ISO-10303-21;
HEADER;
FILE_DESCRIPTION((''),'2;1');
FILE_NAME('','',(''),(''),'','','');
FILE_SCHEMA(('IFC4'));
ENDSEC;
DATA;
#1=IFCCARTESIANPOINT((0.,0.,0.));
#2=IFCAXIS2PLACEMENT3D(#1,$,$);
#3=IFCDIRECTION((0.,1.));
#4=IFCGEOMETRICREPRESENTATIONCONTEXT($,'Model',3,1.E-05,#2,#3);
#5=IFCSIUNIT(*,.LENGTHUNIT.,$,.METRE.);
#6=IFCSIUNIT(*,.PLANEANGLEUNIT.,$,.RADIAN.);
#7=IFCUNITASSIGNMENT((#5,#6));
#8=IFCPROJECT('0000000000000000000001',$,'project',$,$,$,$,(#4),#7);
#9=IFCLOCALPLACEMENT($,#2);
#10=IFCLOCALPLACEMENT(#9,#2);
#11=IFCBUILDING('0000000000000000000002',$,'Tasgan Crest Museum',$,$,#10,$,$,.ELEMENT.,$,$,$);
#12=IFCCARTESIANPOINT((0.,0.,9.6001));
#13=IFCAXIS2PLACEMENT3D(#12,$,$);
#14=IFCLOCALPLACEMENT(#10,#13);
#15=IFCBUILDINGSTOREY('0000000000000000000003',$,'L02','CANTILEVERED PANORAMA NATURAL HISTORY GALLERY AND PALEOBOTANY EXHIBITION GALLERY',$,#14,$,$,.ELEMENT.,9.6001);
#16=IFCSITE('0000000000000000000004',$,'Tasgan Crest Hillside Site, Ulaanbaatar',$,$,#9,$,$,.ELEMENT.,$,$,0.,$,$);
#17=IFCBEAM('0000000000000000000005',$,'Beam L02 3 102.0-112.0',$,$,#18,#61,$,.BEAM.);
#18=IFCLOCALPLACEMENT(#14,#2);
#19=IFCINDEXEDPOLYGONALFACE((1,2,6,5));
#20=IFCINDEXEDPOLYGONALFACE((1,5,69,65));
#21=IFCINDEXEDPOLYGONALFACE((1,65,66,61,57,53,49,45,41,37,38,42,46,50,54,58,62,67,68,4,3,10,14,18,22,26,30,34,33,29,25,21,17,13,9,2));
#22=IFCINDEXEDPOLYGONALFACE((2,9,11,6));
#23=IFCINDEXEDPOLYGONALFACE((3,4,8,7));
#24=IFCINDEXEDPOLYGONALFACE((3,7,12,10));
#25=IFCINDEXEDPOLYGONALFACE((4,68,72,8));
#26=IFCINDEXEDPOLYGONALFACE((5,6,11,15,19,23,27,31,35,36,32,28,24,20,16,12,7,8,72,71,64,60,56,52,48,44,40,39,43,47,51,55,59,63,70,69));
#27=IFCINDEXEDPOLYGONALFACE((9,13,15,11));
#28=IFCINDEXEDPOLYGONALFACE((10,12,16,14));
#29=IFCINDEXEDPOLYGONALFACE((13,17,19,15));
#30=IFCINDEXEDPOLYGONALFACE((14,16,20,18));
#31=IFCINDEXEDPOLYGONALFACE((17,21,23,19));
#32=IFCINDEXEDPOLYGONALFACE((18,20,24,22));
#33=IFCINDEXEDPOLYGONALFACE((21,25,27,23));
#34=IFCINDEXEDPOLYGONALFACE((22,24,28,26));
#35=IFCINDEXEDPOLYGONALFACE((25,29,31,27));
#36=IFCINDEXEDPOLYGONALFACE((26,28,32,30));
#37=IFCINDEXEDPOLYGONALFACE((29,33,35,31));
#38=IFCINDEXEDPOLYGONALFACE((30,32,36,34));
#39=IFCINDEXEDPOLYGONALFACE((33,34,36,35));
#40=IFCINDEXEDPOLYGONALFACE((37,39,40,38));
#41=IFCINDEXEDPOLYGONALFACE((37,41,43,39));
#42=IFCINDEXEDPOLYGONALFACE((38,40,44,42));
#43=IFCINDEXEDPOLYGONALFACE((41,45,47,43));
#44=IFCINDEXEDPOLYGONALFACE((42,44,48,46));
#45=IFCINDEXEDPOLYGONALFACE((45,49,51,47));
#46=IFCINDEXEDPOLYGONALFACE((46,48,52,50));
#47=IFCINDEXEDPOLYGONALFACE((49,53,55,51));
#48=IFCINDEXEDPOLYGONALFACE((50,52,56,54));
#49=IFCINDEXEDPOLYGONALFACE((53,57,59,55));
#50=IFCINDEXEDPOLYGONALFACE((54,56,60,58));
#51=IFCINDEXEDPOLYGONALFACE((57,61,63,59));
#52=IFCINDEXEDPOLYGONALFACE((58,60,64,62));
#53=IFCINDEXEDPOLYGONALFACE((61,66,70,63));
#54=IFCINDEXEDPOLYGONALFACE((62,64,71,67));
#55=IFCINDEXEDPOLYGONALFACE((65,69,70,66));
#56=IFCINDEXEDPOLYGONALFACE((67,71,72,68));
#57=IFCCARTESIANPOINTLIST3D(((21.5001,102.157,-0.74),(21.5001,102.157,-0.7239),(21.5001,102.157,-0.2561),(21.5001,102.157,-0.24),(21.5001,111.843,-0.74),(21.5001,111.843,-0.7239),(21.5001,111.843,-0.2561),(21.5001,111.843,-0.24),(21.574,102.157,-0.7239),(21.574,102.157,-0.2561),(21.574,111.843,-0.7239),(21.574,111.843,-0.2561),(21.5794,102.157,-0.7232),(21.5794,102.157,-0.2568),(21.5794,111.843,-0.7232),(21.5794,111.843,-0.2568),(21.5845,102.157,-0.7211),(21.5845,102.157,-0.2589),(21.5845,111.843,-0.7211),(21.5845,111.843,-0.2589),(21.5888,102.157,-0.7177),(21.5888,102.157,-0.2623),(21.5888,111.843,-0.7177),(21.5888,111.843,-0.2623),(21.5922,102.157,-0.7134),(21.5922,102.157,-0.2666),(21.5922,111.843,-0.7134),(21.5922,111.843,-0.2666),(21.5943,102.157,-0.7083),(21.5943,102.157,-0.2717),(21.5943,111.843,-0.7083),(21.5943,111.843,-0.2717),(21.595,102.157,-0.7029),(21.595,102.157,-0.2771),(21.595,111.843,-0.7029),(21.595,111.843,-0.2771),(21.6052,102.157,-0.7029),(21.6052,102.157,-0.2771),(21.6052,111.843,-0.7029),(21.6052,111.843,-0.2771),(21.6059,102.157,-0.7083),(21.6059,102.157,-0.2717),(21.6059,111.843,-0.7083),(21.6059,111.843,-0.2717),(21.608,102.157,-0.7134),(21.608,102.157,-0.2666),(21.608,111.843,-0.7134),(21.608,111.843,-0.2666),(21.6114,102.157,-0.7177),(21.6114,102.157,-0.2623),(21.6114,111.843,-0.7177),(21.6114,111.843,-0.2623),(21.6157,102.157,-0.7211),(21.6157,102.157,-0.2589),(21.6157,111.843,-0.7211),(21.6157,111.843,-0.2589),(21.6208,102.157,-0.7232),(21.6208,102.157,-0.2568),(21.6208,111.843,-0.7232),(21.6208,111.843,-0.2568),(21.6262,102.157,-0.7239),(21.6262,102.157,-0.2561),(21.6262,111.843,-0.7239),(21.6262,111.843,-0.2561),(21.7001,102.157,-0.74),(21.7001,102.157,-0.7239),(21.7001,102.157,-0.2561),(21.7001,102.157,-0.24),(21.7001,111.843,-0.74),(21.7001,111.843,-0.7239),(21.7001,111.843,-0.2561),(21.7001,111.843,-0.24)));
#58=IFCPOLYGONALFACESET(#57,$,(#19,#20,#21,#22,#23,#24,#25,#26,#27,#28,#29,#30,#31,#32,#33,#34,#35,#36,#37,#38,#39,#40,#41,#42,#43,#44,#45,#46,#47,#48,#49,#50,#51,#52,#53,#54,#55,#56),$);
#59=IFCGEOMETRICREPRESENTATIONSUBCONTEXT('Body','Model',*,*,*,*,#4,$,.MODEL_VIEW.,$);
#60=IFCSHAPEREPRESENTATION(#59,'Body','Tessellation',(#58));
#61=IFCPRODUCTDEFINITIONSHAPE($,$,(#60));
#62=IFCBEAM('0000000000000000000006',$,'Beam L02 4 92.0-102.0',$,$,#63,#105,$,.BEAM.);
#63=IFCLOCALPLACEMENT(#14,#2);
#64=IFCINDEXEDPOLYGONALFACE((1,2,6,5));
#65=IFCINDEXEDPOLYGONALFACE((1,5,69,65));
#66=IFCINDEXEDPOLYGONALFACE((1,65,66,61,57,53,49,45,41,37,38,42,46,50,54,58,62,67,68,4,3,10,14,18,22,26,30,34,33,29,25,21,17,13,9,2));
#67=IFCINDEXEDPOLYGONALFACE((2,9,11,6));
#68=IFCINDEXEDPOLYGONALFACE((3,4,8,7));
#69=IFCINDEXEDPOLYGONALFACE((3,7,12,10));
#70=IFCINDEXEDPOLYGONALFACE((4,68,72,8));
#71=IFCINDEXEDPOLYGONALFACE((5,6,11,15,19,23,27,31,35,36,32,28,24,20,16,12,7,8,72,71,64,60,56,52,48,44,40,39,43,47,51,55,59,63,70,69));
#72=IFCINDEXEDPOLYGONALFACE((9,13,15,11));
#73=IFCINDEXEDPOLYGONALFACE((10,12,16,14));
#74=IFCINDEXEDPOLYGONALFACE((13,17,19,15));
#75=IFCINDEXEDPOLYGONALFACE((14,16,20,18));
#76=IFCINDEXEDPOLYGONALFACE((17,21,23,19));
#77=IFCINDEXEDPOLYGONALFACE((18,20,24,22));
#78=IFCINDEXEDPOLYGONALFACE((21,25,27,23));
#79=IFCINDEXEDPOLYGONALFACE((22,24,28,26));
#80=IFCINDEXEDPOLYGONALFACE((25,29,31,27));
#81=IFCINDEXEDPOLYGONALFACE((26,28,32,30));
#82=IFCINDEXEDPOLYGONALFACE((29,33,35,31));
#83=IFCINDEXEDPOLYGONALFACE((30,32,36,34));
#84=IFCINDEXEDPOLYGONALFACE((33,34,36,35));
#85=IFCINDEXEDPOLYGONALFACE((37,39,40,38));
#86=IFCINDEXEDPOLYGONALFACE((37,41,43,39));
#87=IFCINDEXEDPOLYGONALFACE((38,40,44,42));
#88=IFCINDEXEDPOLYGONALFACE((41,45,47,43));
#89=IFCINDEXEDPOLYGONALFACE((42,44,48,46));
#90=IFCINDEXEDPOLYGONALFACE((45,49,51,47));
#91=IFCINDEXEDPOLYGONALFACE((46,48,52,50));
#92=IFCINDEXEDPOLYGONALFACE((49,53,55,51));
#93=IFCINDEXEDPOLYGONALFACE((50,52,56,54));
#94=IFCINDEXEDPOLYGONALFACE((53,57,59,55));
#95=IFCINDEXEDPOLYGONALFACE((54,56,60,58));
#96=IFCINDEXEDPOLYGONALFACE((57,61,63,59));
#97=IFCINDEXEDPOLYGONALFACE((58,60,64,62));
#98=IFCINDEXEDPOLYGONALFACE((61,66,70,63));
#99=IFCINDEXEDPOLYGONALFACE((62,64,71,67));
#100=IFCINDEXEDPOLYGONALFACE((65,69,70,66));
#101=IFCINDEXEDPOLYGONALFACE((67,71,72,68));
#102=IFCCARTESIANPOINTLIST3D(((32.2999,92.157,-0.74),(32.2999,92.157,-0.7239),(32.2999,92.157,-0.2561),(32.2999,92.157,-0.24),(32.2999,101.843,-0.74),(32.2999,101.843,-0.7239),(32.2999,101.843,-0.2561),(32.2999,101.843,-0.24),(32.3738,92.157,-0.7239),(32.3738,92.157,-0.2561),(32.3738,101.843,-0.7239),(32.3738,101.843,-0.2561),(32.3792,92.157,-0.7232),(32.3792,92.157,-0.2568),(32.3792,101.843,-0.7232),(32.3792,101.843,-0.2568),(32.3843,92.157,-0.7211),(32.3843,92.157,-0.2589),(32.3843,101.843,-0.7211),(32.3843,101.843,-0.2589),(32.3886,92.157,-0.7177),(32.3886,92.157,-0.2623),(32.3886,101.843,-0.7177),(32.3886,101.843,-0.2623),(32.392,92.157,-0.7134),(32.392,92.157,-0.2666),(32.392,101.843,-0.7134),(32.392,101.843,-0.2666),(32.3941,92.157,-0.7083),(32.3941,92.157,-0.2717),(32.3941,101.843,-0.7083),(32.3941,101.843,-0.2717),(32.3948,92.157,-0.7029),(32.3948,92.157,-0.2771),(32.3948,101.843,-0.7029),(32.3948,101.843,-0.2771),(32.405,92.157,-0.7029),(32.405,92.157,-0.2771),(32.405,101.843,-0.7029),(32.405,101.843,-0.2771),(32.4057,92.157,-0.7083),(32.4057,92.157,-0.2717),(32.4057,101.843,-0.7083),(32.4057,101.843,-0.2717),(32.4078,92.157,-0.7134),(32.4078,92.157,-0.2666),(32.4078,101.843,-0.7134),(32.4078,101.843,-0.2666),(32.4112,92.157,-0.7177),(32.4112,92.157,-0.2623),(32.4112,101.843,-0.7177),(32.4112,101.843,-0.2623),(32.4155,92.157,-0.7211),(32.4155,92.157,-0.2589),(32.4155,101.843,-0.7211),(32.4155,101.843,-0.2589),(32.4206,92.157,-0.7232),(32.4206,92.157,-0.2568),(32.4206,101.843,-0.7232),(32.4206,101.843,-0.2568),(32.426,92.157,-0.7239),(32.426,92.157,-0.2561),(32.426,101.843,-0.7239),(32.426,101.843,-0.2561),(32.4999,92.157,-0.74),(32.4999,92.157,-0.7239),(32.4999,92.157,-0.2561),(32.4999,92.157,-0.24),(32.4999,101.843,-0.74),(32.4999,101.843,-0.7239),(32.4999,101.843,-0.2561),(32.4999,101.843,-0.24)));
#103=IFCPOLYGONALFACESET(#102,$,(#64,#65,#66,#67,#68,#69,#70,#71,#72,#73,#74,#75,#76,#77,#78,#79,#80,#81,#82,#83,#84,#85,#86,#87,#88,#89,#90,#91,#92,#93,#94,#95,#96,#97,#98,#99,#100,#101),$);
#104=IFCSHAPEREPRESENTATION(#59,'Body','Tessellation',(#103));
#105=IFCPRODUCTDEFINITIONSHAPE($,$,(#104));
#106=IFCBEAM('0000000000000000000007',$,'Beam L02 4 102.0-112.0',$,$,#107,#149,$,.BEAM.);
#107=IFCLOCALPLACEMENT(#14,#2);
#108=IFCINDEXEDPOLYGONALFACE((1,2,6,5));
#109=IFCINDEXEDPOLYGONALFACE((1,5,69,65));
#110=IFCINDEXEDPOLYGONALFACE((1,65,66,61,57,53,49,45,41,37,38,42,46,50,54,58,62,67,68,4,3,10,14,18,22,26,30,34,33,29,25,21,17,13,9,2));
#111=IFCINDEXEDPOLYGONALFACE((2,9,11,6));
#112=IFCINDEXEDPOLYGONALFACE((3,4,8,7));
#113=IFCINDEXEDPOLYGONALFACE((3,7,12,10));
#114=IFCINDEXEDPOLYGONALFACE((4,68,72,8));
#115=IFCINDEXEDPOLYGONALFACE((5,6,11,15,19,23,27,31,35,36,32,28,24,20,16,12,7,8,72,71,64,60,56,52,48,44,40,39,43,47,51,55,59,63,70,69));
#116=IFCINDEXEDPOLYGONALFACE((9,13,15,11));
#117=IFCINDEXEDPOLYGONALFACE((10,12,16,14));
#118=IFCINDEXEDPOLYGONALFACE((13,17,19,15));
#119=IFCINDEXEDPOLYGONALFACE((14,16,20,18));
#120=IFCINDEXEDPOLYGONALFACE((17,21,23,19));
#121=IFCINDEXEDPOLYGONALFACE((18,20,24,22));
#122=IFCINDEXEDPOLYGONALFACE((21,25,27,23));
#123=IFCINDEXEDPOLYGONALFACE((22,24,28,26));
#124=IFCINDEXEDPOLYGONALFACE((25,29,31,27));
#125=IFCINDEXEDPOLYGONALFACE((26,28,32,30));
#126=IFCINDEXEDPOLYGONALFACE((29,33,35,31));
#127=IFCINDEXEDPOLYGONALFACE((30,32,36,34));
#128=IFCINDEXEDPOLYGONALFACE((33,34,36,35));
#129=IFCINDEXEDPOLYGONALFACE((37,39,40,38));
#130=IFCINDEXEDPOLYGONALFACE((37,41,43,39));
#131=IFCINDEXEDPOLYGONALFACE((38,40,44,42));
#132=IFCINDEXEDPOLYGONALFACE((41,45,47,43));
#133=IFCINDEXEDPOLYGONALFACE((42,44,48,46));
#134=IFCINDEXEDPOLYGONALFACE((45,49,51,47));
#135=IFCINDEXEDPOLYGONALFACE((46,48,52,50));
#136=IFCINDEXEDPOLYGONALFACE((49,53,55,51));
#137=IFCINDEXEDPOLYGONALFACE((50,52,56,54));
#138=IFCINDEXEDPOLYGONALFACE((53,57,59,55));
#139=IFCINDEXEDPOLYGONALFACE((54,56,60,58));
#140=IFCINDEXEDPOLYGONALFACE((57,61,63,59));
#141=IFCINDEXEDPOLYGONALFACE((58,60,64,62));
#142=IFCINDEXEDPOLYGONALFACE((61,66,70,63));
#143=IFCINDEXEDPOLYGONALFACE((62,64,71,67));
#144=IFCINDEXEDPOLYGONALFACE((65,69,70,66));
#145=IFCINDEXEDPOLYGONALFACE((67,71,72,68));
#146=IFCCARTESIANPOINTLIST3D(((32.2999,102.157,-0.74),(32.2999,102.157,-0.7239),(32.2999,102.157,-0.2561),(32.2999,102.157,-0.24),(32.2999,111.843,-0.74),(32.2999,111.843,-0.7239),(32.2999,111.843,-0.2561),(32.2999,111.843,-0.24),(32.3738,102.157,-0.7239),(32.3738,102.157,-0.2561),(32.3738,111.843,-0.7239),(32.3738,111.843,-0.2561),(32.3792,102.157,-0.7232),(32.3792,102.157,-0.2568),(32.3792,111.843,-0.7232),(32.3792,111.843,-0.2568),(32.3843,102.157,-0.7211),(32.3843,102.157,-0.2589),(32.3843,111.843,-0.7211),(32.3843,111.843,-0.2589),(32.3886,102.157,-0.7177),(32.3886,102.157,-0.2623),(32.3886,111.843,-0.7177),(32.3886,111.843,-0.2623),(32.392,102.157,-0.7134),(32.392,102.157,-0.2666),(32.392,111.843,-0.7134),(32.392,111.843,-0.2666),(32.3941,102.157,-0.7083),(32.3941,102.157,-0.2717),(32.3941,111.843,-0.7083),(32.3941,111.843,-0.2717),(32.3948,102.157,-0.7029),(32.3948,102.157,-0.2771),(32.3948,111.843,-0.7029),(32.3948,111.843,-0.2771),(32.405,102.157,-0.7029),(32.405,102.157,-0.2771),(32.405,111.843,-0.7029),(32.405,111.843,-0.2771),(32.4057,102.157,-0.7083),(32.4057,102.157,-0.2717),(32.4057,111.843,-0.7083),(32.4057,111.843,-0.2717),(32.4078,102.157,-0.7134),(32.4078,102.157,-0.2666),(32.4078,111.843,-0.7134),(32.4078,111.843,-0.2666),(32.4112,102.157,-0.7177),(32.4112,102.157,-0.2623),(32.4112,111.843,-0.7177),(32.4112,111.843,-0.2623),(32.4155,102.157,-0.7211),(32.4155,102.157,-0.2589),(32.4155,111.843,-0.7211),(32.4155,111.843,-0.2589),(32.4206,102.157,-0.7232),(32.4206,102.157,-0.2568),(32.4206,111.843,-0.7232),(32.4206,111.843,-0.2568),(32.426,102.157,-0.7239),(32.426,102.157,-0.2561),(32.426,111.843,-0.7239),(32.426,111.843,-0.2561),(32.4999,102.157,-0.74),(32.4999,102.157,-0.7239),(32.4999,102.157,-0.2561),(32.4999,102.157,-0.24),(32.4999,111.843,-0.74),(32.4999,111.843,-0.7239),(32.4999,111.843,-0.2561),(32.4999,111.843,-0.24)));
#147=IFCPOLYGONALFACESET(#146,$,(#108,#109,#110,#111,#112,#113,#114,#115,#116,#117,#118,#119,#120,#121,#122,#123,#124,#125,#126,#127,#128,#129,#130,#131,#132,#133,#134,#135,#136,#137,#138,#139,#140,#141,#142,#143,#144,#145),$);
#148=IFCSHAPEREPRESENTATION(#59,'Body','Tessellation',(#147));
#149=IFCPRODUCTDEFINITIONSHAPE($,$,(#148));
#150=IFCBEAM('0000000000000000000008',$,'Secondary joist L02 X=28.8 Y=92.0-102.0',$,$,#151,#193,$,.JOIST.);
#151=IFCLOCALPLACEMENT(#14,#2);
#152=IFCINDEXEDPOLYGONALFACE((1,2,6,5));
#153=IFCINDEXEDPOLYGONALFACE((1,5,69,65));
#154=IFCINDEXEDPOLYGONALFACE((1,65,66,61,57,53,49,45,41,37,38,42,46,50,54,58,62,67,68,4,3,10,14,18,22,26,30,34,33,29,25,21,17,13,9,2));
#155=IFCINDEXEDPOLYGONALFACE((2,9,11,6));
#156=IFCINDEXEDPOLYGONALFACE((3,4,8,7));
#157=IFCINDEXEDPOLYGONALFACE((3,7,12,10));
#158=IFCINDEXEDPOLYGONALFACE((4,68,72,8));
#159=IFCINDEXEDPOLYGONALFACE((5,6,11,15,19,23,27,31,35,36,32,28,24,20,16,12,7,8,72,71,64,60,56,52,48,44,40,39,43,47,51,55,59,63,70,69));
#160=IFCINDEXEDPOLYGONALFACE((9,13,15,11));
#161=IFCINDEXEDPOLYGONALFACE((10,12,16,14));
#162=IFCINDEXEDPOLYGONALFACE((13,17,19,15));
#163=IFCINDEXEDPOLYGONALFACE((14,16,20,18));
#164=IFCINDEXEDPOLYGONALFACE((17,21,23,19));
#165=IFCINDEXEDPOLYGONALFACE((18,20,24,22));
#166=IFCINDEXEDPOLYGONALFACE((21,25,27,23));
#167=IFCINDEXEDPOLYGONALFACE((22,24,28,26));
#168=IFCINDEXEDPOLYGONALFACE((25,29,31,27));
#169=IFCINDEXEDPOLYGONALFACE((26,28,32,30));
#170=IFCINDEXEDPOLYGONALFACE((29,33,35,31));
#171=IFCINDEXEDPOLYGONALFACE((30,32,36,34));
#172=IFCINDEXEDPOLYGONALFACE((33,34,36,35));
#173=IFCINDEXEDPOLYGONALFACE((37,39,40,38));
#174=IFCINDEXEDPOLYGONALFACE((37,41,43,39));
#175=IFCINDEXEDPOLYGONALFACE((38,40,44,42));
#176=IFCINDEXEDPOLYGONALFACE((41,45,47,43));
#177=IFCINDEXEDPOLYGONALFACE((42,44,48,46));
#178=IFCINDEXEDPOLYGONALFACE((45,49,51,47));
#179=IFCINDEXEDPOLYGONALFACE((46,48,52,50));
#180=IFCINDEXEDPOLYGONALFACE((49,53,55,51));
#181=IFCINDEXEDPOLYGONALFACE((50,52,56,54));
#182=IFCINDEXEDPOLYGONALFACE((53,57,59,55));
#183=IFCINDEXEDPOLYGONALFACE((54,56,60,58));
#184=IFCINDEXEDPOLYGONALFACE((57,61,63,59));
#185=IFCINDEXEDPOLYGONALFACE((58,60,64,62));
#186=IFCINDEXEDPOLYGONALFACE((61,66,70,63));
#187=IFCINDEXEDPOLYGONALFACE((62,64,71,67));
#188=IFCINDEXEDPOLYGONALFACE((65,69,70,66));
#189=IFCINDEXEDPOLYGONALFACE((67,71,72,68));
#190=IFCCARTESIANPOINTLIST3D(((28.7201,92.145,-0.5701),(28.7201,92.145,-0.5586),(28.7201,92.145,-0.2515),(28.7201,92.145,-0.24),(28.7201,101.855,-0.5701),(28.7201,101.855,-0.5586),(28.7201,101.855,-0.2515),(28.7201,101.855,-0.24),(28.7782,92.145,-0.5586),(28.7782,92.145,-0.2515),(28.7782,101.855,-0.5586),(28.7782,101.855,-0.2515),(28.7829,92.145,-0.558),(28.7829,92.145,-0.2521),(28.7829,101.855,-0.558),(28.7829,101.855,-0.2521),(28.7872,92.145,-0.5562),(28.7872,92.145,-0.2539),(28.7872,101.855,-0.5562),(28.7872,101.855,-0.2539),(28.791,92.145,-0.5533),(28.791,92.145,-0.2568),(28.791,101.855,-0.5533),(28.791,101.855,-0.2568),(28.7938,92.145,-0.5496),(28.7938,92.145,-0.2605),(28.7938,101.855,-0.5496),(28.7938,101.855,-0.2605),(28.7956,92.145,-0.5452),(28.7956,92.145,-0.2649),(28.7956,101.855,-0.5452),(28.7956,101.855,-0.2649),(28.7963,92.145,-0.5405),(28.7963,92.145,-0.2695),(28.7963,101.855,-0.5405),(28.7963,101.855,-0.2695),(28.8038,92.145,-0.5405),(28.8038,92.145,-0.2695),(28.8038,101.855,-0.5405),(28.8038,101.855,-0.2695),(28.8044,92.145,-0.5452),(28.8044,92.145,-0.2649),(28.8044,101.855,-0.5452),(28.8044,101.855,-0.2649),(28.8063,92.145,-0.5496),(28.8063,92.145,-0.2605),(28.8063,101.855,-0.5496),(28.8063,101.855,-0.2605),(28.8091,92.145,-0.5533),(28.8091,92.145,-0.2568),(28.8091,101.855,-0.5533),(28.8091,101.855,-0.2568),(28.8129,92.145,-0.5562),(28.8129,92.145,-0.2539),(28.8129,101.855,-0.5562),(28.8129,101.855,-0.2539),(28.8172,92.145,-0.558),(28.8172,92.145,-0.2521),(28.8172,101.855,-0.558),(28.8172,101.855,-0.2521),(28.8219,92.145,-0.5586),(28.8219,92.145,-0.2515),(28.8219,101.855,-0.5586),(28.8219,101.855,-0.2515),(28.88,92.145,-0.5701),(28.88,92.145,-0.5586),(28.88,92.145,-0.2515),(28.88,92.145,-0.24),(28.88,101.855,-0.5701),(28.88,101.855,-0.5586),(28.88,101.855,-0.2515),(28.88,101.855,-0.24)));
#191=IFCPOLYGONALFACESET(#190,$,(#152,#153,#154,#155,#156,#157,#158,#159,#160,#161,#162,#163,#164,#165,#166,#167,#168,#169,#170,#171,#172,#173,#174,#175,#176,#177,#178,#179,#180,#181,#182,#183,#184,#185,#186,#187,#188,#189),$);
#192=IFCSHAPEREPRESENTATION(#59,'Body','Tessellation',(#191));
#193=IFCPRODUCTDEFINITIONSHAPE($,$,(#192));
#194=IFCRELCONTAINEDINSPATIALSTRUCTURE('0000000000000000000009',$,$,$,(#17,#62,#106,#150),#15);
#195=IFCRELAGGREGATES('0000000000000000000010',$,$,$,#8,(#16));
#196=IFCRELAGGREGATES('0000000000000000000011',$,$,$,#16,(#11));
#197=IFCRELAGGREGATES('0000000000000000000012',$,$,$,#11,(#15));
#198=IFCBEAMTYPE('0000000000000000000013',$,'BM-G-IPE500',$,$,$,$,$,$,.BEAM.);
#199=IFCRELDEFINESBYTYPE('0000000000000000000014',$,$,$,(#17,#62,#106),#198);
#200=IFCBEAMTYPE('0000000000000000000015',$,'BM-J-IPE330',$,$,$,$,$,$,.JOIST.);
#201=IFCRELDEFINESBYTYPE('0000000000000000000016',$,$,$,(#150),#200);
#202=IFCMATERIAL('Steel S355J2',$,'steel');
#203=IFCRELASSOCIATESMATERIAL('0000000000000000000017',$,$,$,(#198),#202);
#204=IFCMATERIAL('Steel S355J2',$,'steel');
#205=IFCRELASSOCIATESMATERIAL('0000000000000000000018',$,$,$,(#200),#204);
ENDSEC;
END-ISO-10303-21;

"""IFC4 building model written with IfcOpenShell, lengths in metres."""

from ifc_helpers import new_model, si_unit, direction, frame, origin, origin_2d, place, context, subcontext, project, spatial, i_section, extrude, material, material_profile, profile_set, type_object, element, save


model = new_model("IFC4")

# Units and contexts
model_context = context("Model", 3, precision=1e-05, world=origin(), true_north=direction((0.0, 1.0)))
body_context = subcontext(model_context, "Body", "Model", "MODEL_VIEW")
ifc_project = project(units=[si_unit("LENGTHUNIT", "METRE"), si_unit("PLANEANGLEUNIT", "RADIAN")], contexts=[model_context])

# Site, building, storey
site_placement = place(None, origin())
site = spatial("IfcSite", under=ifc_project, at=site_placement, Name="Tasgan Crest Hillside Site, Ulaanbaatar", CompositionType="ELEMENT", RefElevation=0.0)
building_placement = place(site_placement, origin())
building = spatial("IfcBuilding", under=site, at=building_placement, Name="Tasgan Crest Museum", CompositionType="ELEMENT")
storey_placement = place(building_placement, frame((0.0, 0.0, 9.6001)))
storey = spatial("IfcBuildingStorey", under=building, at=storey_placement, Name="L02", Description="CANTILEVERED PANORAMA NATURAL HISTORY GALLERY AND PALEOBOTANY EXHIBITION GALLERY", CompositionType="ELEMENT", Elevation=9.6001)

# Beams
ifc_material_1 = material(Name="Steel S355J2", Category="steel")
ifc_material_profile_1 = material_profile(ifc_material_1, i_section(OverallWidth=0.2, OverallDepth=0.5, WebThickness=0.0103, FlangeThickness=0.0161, FilletRadius=0.021, at=origin_2d()), Name="IPE 500")
ifc_profile_set_1 = profile_set([ifc_material_profile_1], Name="Steel S355J2")
beam_type_1 = type_object("IfcBeamType", Name="BM-G-IPE500", PredefinedType="BEAM", material=ifc_profile_set_1)
for number, where, z_axis, x_axis, name in (
    (1, (21.6001, 102.157, -0.49), (0.0, 1.0, 0.0), (-1.0, 0.0, 0.0), "Beam L02 3 102.0-112.0"),
    (2, (32.3999, 92.157, -0.49), (0.0, 1.0, 0.0), (-1.0, 0.0, 0.0), "Beam L02 4 92.0-102.0"),
    (3, (32.3999, 102.157, -0.49), (0.0, 1.0, 0.0), (-1.0, 0.0, 0.0), "Beam L02 4 102.0-112.0"),
):
    element("IfcBeam", number, at=place(storey_placement, frame(where, z_axis=z_axis, x_axis=x_axis)), inside=storey, type_object=beam_type_1, Name=name, PredefinedType="BEAM", context=body_context, shape_type="SweptSolid", body=[
        extrude(i_section(OverallWidth=0.2, OverallDepth=0.5, WebThickness=0.0103, FlangeThickness=0.0161, FilletRadius=0.021, at=origin_2d()), origin(), (0.0, 0.0, 1.0), 9.686),
    ])
ifc_material_2 = material(Name="Steel S355J2", Category="steel")
ifc_material_profile_2 = material_profile(ifc_material_2, i_section(OverallWidth=0.1599, OverallDepth=0.3301, WebThickness=0.0076, FlangeThickness=0.0115, FilletRadius=0.0181, at=origin_2d()), Name="IPE 330")
ifc_profile_set_2 = profile_set([ifc_material_profile_2], Name="Steel S355J2")
beam_type_2 = type_object("IfcBeamType", Name="BM-J-IPE330", PredefinedType="JOIST", material=ifc_profile_set_2)
for number, where, z_axis, x_axis, name in (
    (4, (28.8, 92.145, -0.405), (0.0, 1.0, 0.0), (-1.0, 0.0, 0.0), "Secondary joist L02 X=28.8 Y=92.0-102.0"),
):
    element("IfcBeam", number, at=place(storey_placement, frame(where, z_axis=z_axis, x_axis=x_axis)), inside=storey, type_object=beam_type_2, Name=name, PredefinedType="JOIST", context=body_context, shape_type="SweptSolid", body=[
        extrude(i_section(OverallWidth=0.1599, OverallDepth=0.3301, WebThickness=0.0076, FlangeThickness=0.0115, FilletRadius=0.0181, at=origin_2d()), origin(), (0.0, 0.0, 1.0), 9.71),
    ])

save(model, "model.ifc")
